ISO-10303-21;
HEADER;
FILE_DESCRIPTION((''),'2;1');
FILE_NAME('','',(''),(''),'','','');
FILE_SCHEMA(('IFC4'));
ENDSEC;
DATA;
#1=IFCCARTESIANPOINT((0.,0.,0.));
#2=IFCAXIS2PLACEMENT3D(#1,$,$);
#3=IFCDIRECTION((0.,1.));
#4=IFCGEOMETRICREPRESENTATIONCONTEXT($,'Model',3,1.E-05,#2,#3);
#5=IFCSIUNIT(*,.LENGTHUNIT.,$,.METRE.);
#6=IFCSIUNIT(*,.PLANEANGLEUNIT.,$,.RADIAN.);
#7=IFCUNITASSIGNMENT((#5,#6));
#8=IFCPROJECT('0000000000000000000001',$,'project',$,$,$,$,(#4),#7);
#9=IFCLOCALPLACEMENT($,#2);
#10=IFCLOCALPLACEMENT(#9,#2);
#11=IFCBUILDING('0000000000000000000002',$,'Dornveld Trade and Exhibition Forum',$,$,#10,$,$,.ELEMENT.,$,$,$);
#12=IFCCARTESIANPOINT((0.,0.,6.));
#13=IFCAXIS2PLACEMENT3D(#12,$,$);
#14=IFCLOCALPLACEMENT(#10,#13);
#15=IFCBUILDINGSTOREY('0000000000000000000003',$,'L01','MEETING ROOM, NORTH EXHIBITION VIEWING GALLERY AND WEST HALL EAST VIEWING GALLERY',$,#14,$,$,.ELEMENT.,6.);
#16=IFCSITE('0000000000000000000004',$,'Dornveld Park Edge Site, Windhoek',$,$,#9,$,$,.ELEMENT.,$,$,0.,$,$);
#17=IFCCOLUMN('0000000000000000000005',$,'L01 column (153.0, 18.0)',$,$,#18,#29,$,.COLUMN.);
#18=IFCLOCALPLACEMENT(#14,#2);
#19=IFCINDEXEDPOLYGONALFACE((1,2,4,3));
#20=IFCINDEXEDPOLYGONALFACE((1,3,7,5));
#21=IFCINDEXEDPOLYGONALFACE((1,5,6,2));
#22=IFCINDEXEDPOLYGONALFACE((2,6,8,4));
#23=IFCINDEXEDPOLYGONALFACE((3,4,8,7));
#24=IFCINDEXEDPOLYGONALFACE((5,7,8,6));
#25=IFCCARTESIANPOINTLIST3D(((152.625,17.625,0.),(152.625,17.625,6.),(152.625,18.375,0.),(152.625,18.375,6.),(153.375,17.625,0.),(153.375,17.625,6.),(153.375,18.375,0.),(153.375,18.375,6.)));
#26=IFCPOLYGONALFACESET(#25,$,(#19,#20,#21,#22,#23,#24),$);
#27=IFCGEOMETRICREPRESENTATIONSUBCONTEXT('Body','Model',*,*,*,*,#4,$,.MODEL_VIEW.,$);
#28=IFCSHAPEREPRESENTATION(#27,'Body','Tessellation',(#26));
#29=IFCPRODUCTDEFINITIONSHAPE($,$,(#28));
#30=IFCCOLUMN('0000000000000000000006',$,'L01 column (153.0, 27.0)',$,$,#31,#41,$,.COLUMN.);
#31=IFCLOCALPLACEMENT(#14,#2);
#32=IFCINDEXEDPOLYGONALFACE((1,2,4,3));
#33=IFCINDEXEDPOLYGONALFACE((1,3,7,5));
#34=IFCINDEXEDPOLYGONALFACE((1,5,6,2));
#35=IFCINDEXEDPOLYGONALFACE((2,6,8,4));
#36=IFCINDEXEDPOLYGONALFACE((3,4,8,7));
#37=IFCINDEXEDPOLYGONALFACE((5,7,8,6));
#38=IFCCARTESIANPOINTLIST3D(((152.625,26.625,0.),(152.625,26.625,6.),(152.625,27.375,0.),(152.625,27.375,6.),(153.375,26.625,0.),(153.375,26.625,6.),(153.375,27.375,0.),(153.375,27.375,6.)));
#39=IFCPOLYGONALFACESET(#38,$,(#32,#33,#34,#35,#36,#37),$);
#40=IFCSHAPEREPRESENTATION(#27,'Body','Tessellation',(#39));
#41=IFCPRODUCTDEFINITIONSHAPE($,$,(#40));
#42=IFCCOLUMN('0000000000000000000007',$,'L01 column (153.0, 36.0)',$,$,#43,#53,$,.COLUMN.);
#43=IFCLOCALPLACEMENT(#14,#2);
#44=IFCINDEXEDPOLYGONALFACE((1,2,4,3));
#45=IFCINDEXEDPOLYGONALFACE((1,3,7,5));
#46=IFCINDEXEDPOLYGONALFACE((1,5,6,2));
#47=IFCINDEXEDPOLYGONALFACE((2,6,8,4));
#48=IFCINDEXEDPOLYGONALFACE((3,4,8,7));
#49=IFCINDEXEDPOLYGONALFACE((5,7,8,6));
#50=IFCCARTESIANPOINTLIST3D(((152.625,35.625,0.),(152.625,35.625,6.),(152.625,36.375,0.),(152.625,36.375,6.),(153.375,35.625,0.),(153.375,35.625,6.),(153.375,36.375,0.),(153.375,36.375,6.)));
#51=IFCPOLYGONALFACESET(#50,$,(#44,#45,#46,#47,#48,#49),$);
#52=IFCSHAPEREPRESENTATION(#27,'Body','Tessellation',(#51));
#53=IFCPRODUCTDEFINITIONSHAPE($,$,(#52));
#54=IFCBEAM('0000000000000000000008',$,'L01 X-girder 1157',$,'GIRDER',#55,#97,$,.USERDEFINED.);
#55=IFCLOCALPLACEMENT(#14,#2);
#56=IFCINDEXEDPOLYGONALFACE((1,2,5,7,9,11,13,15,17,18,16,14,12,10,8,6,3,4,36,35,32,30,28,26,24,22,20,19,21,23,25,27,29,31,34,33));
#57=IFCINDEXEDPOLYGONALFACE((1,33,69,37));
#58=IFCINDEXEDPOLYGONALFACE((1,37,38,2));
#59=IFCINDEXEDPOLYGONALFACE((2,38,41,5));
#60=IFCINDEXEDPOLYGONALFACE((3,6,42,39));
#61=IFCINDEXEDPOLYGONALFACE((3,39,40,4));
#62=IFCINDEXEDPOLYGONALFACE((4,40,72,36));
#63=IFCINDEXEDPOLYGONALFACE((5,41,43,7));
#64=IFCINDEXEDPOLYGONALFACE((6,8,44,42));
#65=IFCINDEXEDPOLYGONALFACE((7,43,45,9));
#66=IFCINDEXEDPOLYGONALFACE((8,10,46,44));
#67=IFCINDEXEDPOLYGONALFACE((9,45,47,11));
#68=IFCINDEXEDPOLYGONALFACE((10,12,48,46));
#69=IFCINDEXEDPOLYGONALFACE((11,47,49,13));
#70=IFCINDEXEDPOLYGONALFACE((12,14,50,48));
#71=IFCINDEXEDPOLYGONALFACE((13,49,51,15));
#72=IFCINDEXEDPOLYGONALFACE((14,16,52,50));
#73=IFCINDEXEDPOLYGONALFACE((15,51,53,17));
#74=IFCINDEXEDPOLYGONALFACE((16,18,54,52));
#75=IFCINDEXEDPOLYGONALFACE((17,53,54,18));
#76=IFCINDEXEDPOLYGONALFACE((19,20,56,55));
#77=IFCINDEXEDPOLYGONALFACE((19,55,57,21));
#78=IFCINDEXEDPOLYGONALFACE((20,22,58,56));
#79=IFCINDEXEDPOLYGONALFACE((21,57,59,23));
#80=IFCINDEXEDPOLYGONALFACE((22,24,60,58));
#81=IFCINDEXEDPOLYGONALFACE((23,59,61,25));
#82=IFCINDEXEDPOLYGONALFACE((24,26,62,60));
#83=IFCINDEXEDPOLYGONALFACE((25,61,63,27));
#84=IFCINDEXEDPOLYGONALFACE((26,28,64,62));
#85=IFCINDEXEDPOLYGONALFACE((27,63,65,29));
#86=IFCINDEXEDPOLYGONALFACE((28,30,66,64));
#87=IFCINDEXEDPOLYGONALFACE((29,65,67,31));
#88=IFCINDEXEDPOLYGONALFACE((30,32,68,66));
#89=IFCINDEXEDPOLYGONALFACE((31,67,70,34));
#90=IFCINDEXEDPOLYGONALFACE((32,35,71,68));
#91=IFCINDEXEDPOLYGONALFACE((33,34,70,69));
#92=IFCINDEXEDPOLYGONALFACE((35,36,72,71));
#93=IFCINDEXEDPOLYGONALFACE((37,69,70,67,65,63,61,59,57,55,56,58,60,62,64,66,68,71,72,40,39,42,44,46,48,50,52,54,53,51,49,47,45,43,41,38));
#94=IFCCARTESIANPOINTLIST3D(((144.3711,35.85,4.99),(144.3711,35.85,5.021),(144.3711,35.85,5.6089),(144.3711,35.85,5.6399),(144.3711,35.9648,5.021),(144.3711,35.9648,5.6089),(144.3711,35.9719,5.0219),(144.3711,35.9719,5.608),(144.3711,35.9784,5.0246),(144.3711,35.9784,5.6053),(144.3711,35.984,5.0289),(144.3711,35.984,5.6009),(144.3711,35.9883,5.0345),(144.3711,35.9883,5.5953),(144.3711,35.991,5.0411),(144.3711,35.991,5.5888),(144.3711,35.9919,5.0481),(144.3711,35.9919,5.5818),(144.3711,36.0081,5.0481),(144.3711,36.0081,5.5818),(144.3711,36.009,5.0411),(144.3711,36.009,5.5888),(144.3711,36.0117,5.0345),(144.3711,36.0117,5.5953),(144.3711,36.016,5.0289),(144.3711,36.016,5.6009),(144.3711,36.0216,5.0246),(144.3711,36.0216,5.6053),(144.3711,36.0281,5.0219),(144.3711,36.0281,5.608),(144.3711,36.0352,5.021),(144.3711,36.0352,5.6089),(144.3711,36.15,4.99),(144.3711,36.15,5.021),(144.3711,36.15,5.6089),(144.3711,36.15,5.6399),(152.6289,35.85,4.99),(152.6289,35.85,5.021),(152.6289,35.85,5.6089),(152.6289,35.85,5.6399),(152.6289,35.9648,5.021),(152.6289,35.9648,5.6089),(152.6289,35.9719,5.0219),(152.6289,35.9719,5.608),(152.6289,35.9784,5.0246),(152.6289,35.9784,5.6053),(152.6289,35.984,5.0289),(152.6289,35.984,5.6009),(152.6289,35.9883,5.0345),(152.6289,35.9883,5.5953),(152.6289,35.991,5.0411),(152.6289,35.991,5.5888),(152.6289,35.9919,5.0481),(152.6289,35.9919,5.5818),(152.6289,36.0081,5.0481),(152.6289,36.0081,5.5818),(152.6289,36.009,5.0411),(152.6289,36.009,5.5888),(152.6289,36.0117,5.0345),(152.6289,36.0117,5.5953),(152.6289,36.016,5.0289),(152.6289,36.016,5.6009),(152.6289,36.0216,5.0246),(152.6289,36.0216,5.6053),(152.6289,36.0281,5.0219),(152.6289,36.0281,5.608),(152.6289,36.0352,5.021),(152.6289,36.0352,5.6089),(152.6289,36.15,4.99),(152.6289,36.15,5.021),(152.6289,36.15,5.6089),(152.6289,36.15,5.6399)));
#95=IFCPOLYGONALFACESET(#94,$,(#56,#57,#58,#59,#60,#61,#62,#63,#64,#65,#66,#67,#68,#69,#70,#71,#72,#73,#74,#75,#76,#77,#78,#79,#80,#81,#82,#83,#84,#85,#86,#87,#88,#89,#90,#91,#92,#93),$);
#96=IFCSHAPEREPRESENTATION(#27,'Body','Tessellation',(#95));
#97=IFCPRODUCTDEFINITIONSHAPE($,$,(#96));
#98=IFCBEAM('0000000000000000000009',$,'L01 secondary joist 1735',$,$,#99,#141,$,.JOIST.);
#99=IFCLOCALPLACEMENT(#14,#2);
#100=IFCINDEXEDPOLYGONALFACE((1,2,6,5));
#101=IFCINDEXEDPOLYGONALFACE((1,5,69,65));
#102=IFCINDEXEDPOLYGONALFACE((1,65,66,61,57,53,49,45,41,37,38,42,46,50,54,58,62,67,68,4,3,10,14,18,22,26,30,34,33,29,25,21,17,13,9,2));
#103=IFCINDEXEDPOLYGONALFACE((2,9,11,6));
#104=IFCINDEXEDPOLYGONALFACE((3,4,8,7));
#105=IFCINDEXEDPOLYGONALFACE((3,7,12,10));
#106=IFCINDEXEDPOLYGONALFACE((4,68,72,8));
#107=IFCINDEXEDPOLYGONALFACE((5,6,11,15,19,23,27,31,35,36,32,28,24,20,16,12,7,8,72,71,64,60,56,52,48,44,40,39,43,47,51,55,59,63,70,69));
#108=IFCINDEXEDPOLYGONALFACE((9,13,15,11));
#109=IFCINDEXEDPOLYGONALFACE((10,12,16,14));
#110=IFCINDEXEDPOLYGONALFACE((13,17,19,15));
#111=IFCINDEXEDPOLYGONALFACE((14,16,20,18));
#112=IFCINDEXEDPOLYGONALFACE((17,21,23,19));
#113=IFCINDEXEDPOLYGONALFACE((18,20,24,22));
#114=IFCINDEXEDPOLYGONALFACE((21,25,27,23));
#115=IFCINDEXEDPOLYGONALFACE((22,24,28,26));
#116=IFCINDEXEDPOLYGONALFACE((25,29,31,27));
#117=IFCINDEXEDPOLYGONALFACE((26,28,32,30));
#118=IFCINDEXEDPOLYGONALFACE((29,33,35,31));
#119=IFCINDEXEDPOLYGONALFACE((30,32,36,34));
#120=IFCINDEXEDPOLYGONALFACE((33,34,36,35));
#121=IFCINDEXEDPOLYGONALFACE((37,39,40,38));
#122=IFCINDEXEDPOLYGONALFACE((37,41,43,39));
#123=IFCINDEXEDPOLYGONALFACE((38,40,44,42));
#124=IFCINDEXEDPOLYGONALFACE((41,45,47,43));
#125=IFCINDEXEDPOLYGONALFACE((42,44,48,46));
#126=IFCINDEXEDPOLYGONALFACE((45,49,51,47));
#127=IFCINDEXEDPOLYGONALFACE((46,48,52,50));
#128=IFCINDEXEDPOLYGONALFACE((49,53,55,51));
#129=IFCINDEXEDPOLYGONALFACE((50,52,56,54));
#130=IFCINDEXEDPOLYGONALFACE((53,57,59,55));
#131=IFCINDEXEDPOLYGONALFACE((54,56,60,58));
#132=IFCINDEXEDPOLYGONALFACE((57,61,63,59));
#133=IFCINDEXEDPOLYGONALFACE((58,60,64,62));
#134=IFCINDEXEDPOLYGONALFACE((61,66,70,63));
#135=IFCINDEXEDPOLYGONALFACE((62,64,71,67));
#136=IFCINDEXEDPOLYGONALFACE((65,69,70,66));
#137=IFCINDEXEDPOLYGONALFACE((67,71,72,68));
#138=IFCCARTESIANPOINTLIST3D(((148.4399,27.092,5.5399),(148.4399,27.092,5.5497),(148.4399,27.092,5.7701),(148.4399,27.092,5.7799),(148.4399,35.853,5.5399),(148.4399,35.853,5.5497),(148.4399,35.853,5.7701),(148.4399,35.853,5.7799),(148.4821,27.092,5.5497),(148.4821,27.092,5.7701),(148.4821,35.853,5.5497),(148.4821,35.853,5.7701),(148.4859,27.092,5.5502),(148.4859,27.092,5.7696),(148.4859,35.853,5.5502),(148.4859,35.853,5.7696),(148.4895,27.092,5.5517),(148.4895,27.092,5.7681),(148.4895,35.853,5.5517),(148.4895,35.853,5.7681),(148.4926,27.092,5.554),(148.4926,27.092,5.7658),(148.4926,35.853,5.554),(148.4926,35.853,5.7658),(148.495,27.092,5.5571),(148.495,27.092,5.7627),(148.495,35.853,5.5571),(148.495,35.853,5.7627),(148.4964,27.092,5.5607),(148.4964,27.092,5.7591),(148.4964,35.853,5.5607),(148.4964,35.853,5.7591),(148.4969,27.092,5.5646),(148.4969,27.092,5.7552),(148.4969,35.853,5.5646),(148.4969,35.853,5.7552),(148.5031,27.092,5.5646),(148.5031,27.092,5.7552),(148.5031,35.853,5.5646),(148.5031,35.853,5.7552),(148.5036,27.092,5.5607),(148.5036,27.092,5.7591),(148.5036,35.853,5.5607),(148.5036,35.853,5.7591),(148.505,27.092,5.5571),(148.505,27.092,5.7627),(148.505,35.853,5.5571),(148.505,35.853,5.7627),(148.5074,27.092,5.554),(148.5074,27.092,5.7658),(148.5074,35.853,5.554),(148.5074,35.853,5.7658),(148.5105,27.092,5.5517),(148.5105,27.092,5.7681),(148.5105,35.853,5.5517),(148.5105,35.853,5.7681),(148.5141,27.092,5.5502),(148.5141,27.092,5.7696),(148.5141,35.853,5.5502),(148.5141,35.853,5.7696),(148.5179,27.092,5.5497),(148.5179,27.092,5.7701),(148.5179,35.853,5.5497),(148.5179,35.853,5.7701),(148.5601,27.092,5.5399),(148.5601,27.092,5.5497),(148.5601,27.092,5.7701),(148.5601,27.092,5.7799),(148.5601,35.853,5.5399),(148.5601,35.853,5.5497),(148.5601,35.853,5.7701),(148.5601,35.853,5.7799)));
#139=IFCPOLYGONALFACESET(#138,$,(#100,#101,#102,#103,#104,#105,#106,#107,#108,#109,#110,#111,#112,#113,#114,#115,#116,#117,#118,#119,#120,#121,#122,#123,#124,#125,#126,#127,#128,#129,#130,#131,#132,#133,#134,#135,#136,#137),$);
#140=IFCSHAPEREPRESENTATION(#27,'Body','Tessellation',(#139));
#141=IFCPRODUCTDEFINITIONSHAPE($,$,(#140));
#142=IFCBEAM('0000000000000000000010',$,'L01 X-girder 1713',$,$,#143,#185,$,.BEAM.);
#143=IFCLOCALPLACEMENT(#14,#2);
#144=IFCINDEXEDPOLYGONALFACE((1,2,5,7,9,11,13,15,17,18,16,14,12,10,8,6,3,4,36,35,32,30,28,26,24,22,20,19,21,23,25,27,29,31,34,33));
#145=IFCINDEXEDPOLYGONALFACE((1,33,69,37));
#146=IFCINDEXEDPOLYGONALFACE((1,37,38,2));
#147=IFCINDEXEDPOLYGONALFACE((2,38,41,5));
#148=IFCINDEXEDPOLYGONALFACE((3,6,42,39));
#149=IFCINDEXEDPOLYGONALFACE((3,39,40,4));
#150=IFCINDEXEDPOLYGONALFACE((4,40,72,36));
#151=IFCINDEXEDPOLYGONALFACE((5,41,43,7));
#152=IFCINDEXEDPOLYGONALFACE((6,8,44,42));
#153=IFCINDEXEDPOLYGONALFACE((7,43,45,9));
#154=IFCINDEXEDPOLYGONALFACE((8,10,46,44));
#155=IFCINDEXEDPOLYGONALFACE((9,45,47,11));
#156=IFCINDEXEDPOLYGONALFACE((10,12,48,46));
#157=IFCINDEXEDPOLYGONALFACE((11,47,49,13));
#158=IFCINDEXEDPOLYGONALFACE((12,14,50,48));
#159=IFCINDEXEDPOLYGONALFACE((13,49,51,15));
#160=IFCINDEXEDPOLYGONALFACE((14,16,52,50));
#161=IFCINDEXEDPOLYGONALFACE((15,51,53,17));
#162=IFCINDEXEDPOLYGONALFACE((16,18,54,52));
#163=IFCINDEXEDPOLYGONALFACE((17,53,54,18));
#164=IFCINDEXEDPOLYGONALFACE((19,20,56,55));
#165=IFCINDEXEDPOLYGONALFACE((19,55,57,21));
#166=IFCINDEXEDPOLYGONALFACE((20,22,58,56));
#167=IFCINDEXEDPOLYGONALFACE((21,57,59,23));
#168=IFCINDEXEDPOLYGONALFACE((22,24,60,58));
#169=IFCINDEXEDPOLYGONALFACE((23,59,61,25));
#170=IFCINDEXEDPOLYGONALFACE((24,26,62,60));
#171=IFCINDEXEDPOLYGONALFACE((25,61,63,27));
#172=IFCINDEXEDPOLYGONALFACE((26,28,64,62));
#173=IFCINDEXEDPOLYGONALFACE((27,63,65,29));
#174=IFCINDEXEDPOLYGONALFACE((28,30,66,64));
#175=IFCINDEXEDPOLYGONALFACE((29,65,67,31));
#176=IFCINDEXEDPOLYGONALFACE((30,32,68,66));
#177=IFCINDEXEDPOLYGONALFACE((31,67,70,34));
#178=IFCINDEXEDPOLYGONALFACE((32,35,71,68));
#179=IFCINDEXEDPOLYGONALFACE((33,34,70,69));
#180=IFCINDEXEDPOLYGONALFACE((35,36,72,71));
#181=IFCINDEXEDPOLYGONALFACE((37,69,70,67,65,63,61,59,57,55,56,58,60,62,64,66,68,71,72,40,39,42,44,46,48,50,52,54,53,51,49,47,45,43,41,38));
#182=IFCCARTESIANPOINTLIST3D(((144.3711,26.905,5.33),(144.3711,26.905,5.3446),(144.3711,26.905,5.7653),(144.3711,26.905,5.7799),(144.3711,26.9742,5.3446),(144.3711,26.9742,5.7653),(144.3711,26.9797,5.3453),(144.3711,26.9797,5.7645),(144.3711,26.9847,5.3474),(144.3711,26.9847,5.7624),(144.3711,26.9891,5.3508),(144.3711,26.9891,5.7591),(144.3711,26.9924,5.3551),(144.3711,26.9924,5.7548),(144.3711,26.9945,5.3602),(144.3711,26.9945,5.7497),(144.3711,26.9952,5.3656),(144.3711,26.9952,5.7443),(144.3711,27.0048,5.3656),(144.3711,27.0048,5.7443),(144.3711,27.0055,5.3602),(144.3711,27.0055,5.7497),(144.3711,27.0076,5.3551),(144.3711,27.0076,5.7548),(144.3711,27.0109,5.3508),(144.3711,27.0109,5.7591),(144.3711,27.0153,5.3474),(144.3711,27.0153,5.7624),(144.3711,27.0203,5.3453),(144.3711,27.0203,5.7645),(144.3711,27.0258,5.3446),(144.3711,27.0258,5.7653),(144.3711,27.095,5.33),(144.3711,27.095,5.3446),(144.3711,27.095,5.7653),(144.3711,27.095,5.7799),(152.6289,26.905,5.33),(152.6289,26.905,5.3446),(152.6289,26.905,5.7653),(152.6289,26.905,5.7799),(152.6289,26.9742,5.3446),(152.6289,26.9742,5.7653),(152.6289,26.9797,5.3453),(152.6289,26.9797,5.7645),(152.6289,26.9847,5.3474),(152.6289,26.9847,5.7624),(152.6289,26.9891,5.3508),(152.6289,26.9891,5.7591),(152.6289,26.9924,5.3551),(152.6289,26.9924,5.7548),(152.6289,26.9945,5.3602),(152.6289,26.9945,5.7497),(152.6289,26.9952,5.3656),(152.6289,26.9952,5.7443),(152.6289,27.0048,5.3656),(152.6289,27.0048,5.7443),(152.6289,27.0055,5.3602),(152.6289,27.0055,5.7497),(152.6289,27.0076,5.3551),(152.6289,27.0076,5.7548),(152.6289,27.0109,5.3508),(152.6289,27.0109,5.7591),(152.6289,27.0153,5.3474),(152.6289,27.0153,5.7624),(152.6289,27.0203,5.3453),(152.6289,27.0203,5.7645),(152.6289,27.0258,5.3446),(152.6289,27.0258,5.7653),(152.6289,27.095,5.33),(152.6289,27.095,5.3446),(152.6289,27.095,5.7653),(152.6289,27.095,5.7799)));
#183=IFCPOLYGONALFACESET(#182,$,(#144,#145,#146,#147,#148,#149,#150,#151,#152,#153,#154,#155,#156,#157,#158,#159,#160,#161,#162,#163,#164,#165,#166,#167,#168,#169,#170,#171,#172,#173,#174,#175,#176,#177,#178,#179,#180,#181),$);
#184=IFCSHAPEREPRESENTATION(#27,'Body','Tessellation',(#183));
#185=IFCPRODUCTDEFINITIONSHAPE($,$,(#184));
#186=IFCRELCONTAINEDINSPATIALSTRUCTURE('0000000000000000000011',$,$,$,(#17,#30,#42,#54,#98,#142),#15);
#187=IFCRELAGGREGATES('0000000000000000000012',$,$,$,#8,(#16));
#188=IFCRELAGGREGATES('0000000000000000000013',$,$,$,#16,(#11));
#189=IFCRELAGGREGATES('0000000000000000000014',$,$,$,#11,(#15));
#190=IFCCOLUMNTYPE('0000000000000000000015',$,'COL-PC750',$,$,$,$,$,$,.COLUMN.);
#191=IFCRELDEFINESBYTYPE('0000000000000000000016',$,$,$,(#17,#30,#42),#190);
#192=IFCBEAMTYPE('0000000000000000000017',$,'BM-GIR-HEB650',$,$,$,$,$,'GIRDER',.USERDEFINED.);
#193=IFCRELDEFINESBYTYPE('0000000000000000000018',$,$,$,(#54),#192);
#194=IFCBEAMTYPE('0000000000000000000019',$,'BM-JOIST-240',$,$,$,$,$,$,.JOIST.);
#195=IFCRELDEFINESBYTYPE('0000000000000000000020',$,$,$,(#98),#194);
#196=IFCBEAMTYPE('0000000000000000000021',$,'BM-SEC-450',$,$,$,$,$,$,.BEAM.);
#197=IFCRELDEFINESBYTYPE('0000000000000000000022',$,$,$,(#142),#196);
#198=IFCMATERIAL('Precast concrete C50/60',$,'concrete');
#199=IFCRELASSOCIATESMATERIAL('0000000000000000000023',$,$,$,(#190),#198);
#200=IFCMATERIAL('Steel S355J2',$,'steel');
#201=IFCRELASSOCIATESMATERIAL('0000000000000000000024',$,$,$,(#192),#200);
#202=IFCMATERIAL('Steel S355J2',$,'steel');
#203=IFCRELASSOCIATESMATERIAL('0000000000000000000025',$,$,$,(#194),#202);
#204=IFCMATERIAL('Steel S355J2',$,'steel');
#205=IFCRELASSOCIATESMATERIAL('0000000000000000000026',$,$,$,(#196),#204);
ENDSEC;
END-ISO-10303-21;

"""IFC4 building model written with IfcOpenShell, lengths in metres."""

from ifc_helpers import new_model, si_unit, direction, frame, origin, origin_2d, place, context, subcontext, project, spatial, rectangle, i_section, extrude, material, material_profile, profile_set, type_object, element, save


model = new_model("IFC4")

# Units and contexts
model_context = context("Model", 3, precision=1e-05, world=origin(), true_north=direction((0.0, 1.0)))
body_context = subcontext(model_context, "Body", "Model", "MODEL_VIEW")
ifc_project = project(units=[si_unit("LENGTHUNIT", "METRE"), si_unit("PLANEANGLEUNIT", "RADIAN")], contexts=[model_context])

# Site, building, storey
site_placement = place(None, origin())
site = spatial("IfcSite", under=ifc_project, at=site_placement, Name="Dornveld Park Edge Site, Windhoek", CompositionType="ELEMENT", RefElevation=0.0)
building_placement = place(site_placement, origin())
building = spatial("IfcBuilding", under=site, at=building_placement, Name="Dornveld Trade and Exhibition Forum", CompositionType="ELEMENT")
storey_placement = place(building_placement, frame((0.0, 0.0, 6.0)))
storey = spatial("IfcBuildingStorey", under=building, at=storey_placement, Name="L01", Description="MEETING ROOM, NORTH EXHIBITION VIEWING GALLERY AND WEST HALL EAST VIEWING GALLERY", CompositionType="ELEMENT", Elevation=6.0)

# Columns
ifc_material_1 = material(Name="Precast concrete C50/60", Category="concrete")
ifc_material_profile_1 = material_profile(ifc_material_1, rectangle(XDim=0.75, YDim=0.75, at=origin_2d()), Name="PC-COL 750x750")
ifc_profile_set_1 = profile_set([ifc_material_profile_1], Name="Precast concrete C50/60")
column_type = type_object("IfcColumnType", Name="COL-PC750", PredefinedType="COLUMN", material=ifc_profile_set_1)
for number, where, z_axis, x_axis, name in (
    (1, (153.0, 18.0, 0.0), (0.0, 0.0, 1.0), (1.0, 0.0, 0.0), "L01 column (153.0, 18.0)"),
    (2, (153.0, 27.0, 0.0), (0.0, 0.0, 1.0), (1.0, 0.0, 0.0), "L01 column (153.0, 27.0)"),
    (3, (153.0, 36.0, 0.0), (0.0, 0.0, 1.0), (1.0, 0.0, 0.0), "L01 column (153.0, 36.0)"),
):
    element("IfcColumn", number, at=place(storey_placement, frame(where, z_axis=z_axis, x_axis=x_axis)), inside=storey, type_object=column_type, Name=name, PredefinedType="COLUMN", context=body_context, shape_type="SweptSolid", body=[
        extrude(rectangle(XDim=0.75, YDim=0.75, at=origin_2d()), origin(), (0.0, 0.0, 1.0), 6.0),
    ])

# Beams
ifc_material_2 = material(Name="Steel S355J2", Category="steel")
ifc_material_profile_2 = material_profile(ifc_material_2, i_section(OverallWidth=0.3, OverallDepth=0.6499, WebThickness=0.0161, FlangeThickness=0.031, FilletRadius=0.0271, at=origin_2d()), Name="HEB 650")
ifc_profile_set_2 = profile_set([ifc_material_profile_2], Name="Steel S355J2")
beam_type_1 = type_object("IfcBeamType", Name="BM-GIR-HEB650", ElementType="GIRDER", PredefinedType="USERDEFINED", material=ifc_profile_set_2)
beam_1_placement = place(storey_placement, frame((144.3711, 36.0, 5.3149), z_axis=(1.0, 0.0, 0.0), x_axis=(0.0, 1.0, 0.0)))
element("IfcBeam", 4, at=beam_1_placement, inside=storey, type_object=beam_type_1, Name="L01 X-girder 1157", ObjectType="GIRDER", PredefinedType="USERDEFINED", context=body_context, shape_type="SweptSolid", body=[
    extrude(i_section(OverallWidth=0.3, OverallDepth=0.6499, WebThickness=0.0161, FlangeThickness=0.031, FilletRadius=0.0271, at=origin_2d()), origin(), (0.0, 0.0, 1.0), 8.2578),
])
ifc_material_3 = material(Name="Steel S355J2", Category="steel")
ifc_material_profile_3 = material_profile(ifc_material_3, i_section(OverallWidth=0.1201, OverallDepth=0.24, WebThickness=0.0061, FlangeThickness=0.0098, FilletRadius=0.0149, at=origin_2d()), Name="IPE 240")
ifc_profile_set_3 = profile_set([ifc_material_profile_3], Name="Steel S355J2")
beam_type_2 = type_object("IfcBeamType", Name="BM-JOIST-240", PredefinedType="JOIST", material=ifc_profile_set_3)
beam_2_placement = place(storey_placement, frame((148.5, 27.092, 5.6599), z_axis=(0.0, 1.0, 0.0), x_axis=(-1.0, 0.0, 0.0)))
element("IfcBeam", 5, at=beam_2_placement, inside=storey, type_object=beam_type_2, Name="L01 secondary joist 1735", PredefinedType="JOIST", context=body_context, shape_type="SweptSolid", body=[
    extrude(i_section(OverallWidth=0.1201, OverallDepth=0.24, WebThickness=0.0061, FlangeThickness=0.0098, FilletRadius=0.0149, at=origin_2d()), origin(), (0.0, 0.0, 1.0), 8.761),
])
ifc_material_4 = material(Name="Steel S355J2", Category="steel")
ifc_material_profile_4 = material_profile(ifc_material_4, i_section(OverallWidth=0.1899, OverallDepth=0.45, WebThickness=0.0095, FlangeThickness=0.0146, FilletRadius=0.021, at=origin_2d()), Name="IPE 450")
ifc_profile_set_4 = profile_set([ifc_material_profile_4], Name="Steel S355J2")
beam_type_3 = type_object("IfcBeamType", Name="BM-SEC-450", PredefinedType="BEAM", material=ifc_profile_set_4)
for number, where, z_axis, x_axis, name in (
    (6, (144.3711, 27.0, 5.5549), (1.0, 0.0, 0.0), (0.0, 1.0, 0.0), "L01 X-girder 1713"),
):
    element("IfcBeam", number, at=place(storey_placement, frame(where, z_axis=z_axis, x_axis=x_axis)), inside=storey, type_object=beam_type_3, Name=name, PredefinedType="BEAM", context=body_context, shape_type="SweptSolid", body=[
        extrude(i_section(OverallWidth=0.1899, OverallDepth=0.45, WebThickness=0.0095, FlangeThickness=0.0146, FilletRadius=0.021, at=origin_2d()), origin(), (0.0, 0.0, 1.0), 8.2578),
    ])

save(model, "model.ifc")
